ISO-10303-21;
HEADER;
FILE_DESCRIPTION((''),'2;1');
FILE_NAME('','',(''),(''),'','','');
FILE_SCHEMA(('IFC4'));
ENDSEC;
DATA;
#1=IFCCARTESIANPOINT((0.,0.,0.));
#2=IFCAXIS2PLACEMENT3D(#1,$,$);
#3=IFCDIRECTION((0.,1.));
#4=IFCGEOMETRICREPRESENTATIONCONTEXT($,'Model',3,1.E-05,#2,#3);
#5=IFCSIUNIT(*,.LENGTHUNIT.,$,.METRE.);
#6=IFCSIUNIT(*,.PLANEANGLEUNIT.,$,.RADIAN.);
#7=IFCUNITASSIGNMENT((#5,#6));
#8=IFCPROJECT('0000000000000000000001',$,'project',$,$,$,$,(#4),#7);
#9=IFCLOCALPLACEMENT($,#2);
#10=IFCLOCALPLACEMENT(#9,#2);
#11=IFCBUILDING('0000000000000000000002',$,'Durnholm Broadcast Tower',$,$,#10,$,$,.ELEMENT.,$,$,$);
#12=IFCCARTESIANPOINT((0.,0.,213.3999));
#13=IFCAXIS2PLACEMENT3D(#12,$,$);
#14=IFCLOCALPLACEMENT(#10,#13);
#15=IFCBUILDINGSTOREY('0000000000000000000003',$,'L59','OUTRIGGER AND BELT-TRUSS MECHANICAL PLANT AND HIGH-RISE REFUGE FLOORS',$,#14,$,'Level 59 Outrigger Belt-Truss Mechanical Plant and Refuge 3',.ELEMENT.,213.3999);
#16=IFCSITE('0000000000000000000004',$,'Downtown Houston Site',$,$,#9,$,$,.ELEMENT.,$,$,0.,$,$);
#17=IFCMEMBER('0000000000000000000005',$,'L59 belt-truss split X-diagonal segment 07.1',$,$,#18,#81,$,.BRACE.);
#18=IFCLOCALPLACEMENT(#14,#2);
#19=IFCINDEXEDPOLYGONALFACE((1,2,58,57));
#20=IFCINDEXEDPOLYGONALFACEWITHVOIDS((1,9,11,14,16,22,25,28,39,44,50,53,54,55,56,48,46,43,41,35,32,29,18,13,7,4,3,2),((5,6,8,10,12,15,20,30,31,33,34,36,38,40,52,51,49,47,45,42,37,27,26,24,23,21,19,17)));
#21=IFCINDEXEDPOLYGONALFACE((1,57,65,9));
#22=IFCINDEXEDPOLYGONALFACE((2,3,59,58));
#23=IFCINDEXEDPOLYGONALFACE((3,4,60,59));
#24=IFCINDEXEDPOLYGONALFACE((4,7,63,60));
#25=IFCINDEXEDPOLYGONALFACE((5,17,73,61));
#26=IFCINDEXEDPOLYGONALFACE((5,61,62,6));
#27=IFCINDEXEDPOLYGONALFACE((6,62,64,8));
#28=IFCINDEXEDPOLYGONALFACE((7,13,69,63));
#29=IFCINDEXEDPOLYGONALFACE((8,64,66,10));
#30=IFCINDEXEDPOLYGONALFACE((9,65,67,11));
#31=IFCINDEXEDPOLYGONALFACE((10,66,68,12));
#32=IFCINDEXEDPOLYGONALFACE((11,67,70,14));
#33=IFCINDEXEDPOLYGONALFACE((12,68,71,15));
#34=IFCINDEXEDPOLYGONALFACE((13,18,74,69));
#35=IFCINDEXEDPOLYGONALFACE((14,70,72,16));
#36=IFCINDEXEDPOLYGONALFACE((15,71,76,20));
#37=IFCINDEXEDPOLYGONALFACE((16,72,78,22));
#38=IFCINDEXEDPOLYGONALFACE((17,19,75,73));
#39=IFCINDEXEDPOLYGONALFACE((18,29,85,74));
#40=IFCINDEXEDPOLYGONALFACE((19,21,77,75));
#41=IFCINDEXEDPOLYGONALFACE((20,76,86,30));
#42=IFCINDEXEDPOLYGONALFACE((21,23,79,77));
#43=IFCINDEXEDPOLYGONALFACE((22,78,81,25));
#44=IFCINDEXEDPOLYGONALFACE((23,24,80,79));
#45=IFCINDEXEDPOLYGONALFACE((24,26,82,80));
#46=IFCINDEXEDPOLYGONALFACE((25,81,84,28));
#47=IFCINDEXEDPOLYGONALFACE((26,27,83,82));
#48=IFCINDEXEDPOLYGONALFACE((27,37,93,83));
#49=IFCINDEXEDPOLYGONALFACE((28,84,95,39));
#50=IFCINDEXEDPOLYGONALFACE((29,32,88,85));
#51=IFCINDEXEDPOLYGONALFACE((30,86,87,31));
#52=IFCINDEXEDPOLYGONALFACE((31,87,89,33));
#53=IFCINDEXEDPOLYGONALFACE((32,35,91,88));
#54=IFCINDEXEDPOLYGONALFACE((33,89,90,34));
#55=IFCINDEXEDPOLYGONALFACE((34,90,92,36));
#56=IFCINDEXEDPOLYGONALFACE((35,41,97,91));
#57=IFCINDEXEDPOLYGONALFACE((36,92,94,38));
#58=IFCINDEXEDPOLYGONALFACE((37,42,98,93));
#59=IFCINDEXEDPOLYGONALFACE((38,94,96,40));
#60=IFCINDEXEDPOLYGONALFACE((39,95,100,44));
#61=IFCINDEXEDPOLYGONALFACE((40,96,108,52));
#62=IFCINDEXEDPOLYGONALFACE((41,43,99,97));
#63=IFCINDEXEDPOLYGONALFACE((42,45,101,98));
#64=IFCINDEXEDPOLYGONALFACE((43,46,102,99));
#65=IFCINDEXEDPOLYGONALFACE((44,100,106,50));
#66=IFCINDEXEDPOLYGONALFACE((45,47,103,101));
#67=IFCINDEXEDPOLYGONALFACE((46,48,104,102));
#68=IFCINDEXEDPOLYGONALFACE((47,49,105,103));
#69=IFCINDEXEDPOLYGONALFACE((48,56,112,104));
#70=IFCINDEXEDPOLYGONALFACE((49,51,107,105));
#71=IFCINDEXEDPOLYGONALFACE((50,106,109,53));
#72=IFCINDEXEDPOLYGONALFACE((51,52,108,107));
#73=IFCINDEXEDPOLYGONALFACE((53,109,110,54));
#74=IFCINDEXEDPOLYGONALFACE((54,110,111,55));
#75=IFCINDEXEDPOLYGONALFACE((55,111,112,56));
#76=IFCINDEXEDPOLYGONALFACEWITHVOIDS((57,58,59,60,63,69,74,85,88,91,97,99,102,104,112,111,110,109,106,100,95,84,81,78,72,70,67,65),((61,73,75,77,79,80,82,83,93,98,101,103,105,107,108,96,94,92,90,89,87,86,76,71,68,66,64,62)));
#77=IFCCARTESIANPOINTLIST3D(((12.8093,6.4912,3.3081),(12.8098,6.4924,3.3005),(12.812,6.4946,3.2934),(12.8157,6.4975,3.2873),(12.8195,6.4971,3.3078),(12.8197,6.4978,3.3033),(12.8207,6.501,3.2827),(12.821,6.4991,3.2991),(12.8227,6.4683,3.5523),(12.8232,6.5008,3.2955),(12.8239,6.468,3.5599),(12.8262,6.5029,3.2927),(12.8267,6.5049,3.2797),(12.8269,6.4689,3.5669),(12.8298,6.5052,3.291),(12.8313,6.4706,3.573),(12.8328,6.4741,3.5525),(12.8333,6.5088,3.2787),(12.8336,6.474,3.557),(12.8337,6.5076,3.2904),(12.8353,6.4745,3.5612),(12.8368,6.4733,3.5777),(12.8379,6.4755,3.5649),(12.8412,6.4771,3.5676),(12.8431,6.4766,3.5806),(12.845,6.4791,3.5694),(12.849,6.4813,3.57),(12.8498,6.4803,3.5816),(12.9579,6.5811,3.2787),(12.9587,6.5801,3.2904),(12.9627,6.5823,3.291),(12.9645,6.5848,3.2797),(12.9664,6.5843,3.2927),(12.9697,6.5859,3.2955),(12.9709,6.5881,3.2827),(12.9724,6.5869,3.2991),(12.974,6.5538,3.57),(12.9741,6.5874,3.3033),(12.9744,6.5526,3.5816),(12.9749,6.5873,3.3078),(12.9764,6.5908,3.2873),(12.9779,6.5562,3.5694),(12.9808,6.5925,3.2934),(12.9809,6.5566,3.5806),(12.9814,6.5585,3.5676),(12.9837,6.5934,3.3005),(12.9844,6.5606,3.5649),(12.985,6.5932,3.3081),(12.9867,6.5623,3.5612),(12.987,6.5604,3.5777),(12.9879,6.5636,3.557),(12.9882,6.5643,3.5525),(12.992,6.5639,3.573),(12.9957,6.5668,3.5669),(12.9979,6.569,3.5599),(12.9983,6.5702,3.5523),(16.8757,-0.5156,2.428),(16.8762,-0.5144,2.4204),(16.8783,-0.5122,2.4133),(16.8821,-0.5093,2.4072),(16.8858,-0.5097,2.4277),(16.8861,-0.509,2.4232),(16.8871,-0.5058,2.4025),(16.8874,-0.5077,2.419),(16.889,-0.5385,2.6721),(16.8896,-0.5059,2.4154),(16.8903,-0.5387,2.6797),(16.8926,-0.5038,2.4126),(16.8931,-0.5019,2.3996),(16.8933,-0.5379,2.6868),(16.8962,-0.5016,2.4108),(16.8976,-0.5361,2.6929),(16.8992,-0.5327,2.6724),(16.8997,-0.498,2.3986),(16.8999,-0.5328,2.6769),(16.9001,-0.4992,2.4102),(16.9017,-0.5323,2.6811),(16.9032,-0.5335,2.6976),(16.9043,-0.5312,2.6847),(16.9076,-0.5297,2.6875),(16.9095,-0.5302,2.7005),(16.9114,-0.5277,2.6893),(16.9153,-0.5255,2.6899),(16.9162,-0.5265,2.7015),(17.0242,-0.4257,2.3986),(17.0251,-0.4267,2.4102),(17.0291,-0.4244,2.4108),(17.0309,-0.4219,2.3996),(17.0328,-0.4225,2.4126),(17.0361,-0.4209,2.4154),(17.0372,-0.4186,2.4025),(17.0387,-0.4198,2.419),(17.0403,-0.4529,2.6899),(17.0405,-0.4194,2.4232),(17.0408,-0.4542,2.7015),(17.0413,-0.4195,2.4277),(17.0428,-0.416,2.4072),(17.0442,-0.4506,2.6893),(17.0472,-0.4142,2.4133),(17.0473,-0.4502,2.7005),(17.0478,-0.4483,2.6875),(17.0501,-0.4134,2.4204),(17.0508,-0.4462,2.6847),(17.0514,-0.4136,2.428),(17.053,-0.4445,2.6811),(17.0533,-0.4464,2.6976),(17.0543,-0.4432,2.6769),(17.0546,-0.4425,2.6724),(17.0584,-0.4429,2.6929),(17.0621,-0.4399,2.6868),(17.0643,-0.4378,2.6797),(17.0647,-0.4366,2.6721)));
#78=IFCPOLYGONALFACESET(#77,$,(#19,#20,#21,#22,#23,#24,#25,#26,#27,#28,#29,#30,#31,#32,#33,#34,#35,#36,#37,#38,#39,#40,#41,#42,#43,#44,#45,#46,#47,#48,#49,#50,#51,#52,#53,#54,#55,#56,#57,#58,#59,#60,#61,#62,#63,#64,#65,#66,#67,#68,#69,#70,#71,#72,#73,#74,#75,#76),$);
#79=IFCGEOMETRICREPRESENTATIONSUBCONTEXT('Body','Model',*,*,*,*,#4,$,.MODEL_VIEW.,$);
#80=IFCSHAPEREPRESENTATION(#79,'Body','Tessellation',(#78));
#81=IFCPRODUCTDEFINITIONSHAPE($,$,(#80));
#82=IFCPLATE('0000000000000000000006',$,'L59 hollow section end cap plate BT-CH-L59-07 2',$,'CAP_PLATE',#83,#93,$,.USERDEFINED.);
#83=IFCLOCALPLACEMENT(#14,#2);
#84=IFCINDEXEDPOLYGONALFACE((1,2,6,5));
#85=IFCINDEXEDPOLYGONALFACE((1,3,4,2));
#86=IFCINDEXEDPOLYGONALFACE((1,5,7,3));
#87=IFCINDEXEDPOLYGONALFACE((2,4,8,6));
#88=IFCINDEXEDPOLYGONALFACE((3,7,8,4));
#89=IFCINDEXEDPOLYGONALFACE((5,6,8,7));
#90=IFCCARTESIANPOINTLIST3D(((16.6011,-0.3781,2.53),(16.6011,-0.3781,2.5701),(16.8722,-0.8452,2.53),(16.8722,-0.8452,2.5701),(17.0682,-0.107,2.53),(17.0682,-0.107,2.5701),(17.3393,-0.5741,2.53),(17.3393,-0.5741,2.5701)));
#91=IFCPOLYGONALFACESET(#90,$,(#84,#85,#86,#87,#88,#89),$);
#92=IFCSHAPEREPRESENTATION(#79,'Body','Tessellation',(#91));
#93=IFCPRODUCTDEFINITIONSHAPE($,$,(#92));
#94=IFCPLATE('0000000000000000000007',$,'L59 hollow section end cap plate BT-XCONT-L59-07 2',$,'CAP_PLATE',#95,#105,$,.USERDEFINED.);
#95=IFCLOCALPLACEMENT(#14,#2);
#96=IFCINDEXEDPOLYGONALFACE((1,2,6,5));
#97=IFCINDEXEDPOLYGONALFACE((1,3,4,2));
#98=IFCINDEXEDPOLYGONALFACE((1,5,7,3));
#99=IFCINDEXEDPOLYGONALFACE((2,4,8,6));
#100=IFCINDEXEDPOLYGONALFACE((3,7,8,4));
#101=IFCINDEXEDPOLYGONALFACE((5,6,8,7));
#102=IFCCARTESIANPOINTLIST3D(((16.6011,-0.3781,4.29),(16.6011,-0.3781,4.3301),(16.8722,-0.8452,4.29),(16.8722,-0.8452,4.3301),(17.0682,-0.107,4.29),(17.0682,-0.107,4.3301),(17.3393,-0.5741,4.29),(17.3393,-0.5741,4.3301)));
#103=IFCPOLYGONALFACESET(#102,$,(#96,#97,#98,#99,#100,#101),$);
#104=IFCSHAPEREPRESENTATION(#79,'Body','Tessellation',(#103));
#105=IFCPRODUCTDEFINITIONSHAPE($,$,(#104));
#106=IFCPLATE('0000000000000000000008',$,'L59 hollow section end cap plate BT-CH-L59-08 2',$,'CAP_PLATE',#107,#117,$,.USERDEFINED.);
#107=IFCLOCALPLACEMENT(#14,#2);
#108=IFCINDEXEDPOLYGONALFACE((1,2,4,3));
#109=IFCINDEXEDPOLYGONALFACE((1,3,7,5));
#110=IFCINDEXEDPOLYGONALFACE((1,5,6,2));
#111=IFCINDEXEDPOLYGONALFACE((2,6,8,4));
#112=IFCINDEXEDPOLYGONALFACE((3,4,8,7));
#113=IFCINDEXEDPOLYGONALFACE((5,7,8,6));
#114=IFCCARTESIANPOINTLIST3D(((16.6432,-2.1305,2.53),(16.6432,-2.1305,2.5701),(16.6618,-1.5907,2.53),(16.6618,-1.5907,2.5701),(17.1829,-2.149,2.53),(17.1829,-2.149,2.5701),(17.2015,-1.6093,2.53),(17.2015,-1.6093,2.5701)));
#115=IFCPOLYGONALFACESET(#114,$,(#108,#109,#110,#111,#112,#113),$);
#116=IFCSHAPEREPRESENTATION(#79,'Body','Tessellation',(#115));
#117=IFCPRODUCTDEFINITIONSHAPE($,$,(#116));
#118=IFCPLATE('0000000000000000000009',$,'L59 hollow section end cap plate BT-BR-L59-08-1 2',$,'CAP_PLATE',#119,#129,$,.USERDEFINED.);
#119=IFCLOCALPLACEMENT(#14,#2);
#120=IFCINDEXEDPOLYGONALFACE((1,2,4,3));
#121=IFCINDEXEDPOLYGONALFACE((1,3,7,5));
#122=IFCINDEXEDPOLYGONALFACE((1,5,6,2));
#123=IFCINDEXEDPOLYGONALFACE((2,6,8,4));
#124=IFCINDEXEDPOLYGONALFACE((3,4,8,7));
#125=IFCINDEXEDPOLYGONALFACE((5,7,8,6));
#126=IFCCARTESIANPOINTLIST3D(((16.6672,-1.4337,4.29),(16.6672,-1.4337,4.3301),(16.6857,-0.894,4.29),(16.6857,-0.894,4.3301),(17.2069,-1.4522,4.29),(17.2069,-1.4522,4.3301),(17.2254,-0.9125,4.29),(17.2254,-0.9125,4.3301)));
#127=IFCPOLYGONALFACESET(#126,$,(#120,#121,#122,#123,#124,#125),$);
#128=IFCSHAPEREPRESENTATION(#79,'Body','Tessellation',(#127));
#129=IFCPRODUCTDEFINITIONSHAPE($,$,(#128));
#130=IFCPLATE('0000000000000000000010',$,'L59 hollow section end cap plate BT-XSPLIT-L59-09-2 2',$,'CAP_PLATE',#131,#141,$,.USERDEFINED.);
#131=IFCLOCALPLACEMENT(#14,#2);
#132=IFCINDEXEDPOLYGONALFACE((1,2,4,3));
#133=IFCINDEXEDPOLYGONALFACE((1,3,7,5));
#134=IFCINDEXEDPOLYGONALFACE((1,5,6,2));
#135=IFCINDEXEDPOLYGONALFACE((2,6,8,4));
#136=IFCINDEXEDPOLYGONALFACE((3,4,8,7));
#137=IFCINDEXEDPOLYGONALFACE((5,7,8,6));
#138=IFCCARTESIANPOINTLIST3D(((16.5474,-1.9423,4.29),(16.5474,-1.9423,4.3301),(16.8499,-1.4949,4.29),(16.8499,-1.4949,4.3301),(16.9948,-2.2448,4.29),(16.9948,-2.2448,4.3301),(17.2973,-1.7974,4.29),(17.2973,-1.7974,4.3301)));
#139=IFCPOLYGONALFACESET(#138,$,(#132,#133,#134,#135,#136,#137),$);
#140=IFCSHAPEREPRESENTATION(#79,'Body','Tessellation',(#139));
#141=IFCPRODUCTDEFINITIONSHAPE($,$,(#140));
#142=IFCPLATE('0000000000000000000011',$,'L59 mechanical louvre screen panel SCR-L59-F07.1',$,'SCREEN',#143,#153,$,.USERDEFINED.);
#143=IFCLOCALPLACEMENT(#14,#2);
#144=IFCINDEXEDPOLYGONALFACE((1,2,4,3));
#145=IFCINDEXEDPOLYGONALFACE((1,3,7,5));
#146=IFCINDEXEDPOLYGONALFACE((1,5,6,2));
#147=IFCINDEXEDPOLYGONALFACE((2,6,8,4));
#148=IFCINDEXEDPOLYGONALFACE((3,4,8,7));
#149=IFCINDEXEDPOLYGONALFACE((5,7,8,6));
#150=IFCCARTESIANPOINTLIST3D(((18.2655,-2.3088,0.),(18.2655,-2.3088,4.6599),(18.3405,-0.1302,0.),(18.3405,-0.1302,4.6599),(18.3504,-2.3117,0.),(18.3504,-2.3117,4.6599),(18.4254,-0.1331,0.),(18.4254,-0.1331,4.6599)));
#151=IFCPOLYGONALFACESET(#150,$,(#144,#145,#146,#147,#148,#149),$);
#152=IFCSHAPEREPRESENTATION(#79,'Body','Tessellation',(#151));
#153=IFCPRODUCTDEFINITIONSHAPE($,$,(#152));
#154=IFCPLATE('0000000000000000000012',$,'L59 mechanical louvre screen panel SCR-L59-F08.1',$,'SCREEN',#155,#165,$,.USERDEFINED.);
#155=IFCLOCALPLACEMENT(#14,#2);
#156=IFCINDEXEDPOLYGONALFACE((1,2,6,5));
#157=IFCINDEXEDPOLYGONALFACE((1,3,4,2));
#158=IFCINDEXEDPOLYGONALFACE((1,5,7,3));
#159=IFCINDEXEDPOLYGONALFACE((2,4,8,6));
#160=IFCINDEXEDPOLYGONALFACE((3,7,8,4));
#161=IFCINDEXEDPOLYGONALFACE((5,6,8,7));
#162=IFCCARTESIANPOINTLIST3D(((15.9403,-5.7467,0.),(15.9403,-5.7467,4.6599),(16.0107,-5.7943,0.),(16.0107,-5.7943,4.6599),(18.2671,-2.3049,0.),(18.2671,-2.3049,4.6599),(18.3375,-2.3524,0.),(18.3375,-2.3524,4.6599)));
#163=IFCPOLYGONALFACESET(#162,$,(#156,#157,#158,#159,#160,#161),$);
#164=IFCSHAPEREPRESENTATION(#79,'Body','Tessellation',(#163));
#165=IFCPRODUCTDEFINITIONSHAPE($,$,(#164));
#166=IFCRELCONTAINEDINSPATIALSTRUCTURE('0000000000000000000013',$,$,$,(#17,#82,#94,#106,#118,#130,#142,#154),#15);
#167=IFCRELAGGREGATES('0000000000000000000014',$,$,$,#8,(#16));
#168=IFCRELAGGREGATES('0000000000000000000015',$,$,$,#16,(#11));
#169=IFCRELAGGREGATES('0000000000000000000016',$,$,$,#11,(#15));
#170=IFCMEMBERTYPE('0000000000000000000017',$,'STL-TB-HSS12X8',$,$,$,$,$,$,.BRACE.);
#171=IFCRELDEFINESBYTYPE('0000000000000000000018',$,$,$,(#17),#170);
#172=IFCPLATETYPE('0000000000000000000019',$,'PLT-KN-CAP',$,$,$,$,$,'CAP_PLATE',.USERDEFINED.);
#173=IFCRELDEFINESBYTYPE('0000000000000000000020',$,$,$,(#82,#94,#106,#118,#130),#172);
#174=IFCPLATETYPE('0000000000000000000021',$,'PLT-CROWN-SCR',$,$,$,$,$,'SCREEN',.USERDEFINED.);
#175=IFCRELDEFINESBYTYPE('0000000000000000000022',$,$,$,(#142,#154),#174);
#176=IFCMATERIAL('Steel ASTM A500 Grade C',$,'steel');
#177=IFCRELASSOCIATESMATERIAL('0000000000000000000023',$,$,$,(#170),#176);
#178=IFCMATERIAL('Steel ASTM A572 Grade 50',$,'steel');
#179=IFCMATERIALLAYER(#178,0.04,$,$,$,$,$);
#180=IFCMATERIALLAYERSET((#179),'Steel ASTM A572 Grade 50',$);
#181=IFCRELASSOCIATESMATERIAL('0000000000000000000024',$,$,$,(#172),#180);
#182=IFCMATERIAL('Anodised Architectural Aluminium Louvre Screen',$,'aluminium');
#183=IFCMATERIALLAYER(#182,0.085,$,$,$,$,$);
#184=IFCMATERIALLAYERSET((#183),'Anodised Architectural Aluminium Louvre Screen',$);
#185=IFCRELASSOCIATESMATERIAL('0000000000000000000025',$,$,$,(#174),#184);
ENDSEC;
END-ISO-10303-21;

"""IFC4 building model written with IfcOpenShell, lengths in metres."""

from ifc_helpers import new_model, si_unit, direction, frame, origin, origin_2d, place, context, subcontext, project, spatial, rectangle, hollow_rectangle, extrude, source, transform, mapped, material, layer, layer_set, material_profile, profile_set, type_object, type_shapes, element, save


model = new_model("IFC4")

# Units and contexts
model_context = context("Model", 3, precision=1e-05, world=origin(), true_north=direction((0.0, 1.0)))
body_context = subcontext(model_context, "Body", "Model", "MODEL_VIEW")
ifc_project = project(units=[si_unit("LENGTHUNIT", "METRE"), si_unit("PLANEANGLEUNIT", "RADIAN")], contexts=[model_context])

# Site, building, storey
site_placement = place(None, origin())
site = spatial("IfcSite", under=ifc_project, at=site_placement, Name="Downtown Houston Site", CompositionType="ELEMENT", RefElevation=0.0)
building_placement = place(site_placement, origin())
building = spatial("IfcBuilding", under=site, at=building_placement, Name="Durnholm Broadcast Tower", CompositionType="ELEMENT")
storey_placement = place(building_placement, frame((0.0, 0.0, 213.3999)))
storey = spatial("IfcBuildingStorey", under=building, at=storey_placement, Name="L59", Description="OUTRIGGER AND BELT-TRUSS MECHANICAL PLANT AND HIGH-RISE REFUGE FLOORS", LongName="Level 59 Outrigger Belt-Truss Mechanical Plant and Refuge 3", CompositionType="ELEMENT", Elevation=213.3999)

# Member
ifc_material_1 = material(Name="Steel ASTM A500 Grade C", Category="steel")
ifc_material_profile_1 = material_profile(ifc_material_1, hollow_rectangle(XDim=0.2031, YDim=0.3047, WallThickness=0.0117, InnerFilletRadius=0.0176, OuterFilletRadius=0.0295, at=origin_2d()), Name="HSS12X8X1/2")
ifc_profile_set_1 = profile_set([ifc_material_profile_1], Name="Steel ASTM A500 Grade C")
member_type_1 = type_object("IfcMemberType", Name="STL-TB-HSS12X8", PredefinedType="BRACE", material=ifc_profile_set_1)
shared_shape_1 = source(origin(), body_context, "Body", "SweptSolid", [
    extrude(hollow_rectangle(XDim=0.2031, YDim=0.3047, WallThickness=0.0117, InnerFilletRadius=0.0176, OuterFilletRadius=0.0295, at=origin_2d()), origin(), (0.0, 0.0, 1.0), 8.1489),
])
type_shapes(member_type_1, [shared_shape_1])
member_1_placement = place(storey_placement, frame((16.9702, -0.4761, 2.55), z_axis=(-0.499007, 0.859841, 0.108004), x_axis=(-0.8649, -0.501944, 0.0)))
element("IfcMember", 1, at=member_1_placement, inside=storey, type_object=member_type_1, Name="L59 belt-truss split X-diagonal segment 07.1", PredefinedType="BRACE", context=body_context, shape_type="MappedRepresentation", body=[
    mapped(shared_shape_1, transform((0.0, 0.0, 0.0), x_axis=(1.0, 0.0, 0.0), y_axis=(0.0, 1.0, 0.0), z_axis=(0.0, 0.0, 1.0), scale=1.0)),
])

# Plates
ifc_material_2 = material(Name="Steel ASTM A572 Grade 50", Category="steel")
ifc_layer_1 = layer(ifc_material_2, 0.04)
ifc_layer_set_1 = layer_set([ifc_layer_1], Name="Steel ASTM A572 Grade 50")
plate_type_1 = type_object("IfcPlateType", Name="PLT-KN-CAP", ElementType="CAP_PLATE", PredefinedType="USERDEFINED", material=ifc_layer_set_1)
shared_shape_2 = source(origin(), body_context, "Body", "SweptSolid", [
    extrude(rectangle(XDim=0.54, YDim=0.54, at=origin_2d()), origin(), (0.0, 0.0, 1.0), 0.04),
])
type_shapes(plate_type_1, [shared_shape_2])
for number, where, z_axis, x_axis, name in (
    (2, (16.9702, -0.4761, 2.53), (0.0, 0.0, 1.0), (0.501964, -0.864889, 0.0), "L59 hollow section end cap plate BT-CH-L59-07 2"),
    (3, (16.9702, -0.4761, 4.29), (0.0, 0.0, 1.0), (0.501964, -0.864889, 0.0), "L59 hollow section end cap plate BT-XCONT-L59-07 2"),
    (4, (16.9224, -1.8699, 2.53), (0.0, 0.0, 1.0), (-0.034376, -0.999409, 0.0), "L59 hollow section end cap plate BT-CH-L59-08 2"),
    (5, (16.9463, -1.1731, 4.29), (0.0, 0.0, 1.0), (-0.034202, -0.999415, 0.0), "L59 hollow section end cap plate BT-BR-L59-08-1 2"),
    (6, (16.9224, -1.8699, 4.29), (0.0, 0.0, 1.0), (0.560061, 0.828452, 0.0), "L59 hollow section end cap plate BT-XSPLIT-L59-09-2 2"),
):
    element("IfcPlate", number, at=place(storey_placement, frame(where, z_axis=z_axis, x_axis=x_axis)), inside=storey, type_object=plate_type_1, Name=name, ObjectType="CAP_PLATE", PredefinedType="USERDEFINED", context=body_context, shape_type="MappedRepresentation", body=[
        mapped(shared_shape_2, transform((0.0, 0.0, 0.0), x_axis=(1.0, 0.0, 0.0), y_axis=(0.0, 1.0, 0.0), z_axis=(0.0, 0.0, 1.0), scale=1.0)),
    ])
ifc_material_3 = material(Name="Anodised Architectural Aluminium Louvre Screen", Category="aluminium")
ifc_layer_2 = layer(ifc_material_3, 0.085)
ifc_layer_set_2 = layer_set([ifc_layer_2], Name="Anodised Architectural Aluminium Louvre Screen")
plate_type_2 = type_object("IfcPlateType", Name="PLT-CROWN-SCR", ElementType="SCREEN", PredefinedType="USERDEFINED", material=ifc_layer_set_2)
shared_shape_3 = source(origin(), body_context, "Body", "SweptSolid", [
    extrude(rectangle(XDim=2.1799, YDim=0.085, at=origin_2d()), origin(), (0.0, 0.0, 1.0), 4.6599),
])
plate_1_placement = place(storey_placement, frame((18.3455, -1.2209, 0.0), z_axis=(0.0, 0.0, 1.0), x_axis=(-0.034376, -0.999409, 0.0)))
element("IfcPlate", 7, at=plate_1_placement, inside=storey, type_object=plate_type_2, Name="L59 mechanical louvre screen panel SCR-L59-F07.1", ObjectType="SCREEN", PredefinedType="USERDEFINED", context=body_context, shape_type="MappedRepresentation", body=[
    mapped(shared_shape_3, transform((0.0, 0.0, 0.0), x_axis=(1.0, 0.0, 0.0), y_axis=(0.0, 1.0, 0.0), z_axis=(0.0, 0.0, 1.0), scale=1.0)),
])
shared_shape_4 = source(origin(), body_context, "Body", "SweptSolid", [
    extrude(rectangle(XDim=4.1545, YDim=0.085, at=origin_2d()), origin(), (0.0, 0.0, 1.0), 4.6599),
])
type_shapes(plate_type_2, [shared_shape_3, shared_shape_4])
plate_2_placement = place(storey_placement, frame((17.1389, -4.0496, 0.0), z_axis=(0.0, 0.0, 1.0), x_axis=(-0.560061, -0.828452, 0.0)))
element("IfcPlate", 8, at=plate_2_placement, inside=storey, type_object=plate_type_2, Name="L59 mechanical louvre screen panel SCR-L59-F08.1", ObjectType="SCREEN", PredefinedType="USERDEFINED", context=body_context, shape_type="MappedRepresentation", body=[
    mapped(shared_shape_4, transform((0.0, 0.0, 0.0), x_axis=(1.0, 0.0, 0.0), y_axis=(0.0, 1.0, 0.0), z_axis=(0.0, 0.0, 1.0), scale=1.0)),
])

save(model, "model.ifc")
